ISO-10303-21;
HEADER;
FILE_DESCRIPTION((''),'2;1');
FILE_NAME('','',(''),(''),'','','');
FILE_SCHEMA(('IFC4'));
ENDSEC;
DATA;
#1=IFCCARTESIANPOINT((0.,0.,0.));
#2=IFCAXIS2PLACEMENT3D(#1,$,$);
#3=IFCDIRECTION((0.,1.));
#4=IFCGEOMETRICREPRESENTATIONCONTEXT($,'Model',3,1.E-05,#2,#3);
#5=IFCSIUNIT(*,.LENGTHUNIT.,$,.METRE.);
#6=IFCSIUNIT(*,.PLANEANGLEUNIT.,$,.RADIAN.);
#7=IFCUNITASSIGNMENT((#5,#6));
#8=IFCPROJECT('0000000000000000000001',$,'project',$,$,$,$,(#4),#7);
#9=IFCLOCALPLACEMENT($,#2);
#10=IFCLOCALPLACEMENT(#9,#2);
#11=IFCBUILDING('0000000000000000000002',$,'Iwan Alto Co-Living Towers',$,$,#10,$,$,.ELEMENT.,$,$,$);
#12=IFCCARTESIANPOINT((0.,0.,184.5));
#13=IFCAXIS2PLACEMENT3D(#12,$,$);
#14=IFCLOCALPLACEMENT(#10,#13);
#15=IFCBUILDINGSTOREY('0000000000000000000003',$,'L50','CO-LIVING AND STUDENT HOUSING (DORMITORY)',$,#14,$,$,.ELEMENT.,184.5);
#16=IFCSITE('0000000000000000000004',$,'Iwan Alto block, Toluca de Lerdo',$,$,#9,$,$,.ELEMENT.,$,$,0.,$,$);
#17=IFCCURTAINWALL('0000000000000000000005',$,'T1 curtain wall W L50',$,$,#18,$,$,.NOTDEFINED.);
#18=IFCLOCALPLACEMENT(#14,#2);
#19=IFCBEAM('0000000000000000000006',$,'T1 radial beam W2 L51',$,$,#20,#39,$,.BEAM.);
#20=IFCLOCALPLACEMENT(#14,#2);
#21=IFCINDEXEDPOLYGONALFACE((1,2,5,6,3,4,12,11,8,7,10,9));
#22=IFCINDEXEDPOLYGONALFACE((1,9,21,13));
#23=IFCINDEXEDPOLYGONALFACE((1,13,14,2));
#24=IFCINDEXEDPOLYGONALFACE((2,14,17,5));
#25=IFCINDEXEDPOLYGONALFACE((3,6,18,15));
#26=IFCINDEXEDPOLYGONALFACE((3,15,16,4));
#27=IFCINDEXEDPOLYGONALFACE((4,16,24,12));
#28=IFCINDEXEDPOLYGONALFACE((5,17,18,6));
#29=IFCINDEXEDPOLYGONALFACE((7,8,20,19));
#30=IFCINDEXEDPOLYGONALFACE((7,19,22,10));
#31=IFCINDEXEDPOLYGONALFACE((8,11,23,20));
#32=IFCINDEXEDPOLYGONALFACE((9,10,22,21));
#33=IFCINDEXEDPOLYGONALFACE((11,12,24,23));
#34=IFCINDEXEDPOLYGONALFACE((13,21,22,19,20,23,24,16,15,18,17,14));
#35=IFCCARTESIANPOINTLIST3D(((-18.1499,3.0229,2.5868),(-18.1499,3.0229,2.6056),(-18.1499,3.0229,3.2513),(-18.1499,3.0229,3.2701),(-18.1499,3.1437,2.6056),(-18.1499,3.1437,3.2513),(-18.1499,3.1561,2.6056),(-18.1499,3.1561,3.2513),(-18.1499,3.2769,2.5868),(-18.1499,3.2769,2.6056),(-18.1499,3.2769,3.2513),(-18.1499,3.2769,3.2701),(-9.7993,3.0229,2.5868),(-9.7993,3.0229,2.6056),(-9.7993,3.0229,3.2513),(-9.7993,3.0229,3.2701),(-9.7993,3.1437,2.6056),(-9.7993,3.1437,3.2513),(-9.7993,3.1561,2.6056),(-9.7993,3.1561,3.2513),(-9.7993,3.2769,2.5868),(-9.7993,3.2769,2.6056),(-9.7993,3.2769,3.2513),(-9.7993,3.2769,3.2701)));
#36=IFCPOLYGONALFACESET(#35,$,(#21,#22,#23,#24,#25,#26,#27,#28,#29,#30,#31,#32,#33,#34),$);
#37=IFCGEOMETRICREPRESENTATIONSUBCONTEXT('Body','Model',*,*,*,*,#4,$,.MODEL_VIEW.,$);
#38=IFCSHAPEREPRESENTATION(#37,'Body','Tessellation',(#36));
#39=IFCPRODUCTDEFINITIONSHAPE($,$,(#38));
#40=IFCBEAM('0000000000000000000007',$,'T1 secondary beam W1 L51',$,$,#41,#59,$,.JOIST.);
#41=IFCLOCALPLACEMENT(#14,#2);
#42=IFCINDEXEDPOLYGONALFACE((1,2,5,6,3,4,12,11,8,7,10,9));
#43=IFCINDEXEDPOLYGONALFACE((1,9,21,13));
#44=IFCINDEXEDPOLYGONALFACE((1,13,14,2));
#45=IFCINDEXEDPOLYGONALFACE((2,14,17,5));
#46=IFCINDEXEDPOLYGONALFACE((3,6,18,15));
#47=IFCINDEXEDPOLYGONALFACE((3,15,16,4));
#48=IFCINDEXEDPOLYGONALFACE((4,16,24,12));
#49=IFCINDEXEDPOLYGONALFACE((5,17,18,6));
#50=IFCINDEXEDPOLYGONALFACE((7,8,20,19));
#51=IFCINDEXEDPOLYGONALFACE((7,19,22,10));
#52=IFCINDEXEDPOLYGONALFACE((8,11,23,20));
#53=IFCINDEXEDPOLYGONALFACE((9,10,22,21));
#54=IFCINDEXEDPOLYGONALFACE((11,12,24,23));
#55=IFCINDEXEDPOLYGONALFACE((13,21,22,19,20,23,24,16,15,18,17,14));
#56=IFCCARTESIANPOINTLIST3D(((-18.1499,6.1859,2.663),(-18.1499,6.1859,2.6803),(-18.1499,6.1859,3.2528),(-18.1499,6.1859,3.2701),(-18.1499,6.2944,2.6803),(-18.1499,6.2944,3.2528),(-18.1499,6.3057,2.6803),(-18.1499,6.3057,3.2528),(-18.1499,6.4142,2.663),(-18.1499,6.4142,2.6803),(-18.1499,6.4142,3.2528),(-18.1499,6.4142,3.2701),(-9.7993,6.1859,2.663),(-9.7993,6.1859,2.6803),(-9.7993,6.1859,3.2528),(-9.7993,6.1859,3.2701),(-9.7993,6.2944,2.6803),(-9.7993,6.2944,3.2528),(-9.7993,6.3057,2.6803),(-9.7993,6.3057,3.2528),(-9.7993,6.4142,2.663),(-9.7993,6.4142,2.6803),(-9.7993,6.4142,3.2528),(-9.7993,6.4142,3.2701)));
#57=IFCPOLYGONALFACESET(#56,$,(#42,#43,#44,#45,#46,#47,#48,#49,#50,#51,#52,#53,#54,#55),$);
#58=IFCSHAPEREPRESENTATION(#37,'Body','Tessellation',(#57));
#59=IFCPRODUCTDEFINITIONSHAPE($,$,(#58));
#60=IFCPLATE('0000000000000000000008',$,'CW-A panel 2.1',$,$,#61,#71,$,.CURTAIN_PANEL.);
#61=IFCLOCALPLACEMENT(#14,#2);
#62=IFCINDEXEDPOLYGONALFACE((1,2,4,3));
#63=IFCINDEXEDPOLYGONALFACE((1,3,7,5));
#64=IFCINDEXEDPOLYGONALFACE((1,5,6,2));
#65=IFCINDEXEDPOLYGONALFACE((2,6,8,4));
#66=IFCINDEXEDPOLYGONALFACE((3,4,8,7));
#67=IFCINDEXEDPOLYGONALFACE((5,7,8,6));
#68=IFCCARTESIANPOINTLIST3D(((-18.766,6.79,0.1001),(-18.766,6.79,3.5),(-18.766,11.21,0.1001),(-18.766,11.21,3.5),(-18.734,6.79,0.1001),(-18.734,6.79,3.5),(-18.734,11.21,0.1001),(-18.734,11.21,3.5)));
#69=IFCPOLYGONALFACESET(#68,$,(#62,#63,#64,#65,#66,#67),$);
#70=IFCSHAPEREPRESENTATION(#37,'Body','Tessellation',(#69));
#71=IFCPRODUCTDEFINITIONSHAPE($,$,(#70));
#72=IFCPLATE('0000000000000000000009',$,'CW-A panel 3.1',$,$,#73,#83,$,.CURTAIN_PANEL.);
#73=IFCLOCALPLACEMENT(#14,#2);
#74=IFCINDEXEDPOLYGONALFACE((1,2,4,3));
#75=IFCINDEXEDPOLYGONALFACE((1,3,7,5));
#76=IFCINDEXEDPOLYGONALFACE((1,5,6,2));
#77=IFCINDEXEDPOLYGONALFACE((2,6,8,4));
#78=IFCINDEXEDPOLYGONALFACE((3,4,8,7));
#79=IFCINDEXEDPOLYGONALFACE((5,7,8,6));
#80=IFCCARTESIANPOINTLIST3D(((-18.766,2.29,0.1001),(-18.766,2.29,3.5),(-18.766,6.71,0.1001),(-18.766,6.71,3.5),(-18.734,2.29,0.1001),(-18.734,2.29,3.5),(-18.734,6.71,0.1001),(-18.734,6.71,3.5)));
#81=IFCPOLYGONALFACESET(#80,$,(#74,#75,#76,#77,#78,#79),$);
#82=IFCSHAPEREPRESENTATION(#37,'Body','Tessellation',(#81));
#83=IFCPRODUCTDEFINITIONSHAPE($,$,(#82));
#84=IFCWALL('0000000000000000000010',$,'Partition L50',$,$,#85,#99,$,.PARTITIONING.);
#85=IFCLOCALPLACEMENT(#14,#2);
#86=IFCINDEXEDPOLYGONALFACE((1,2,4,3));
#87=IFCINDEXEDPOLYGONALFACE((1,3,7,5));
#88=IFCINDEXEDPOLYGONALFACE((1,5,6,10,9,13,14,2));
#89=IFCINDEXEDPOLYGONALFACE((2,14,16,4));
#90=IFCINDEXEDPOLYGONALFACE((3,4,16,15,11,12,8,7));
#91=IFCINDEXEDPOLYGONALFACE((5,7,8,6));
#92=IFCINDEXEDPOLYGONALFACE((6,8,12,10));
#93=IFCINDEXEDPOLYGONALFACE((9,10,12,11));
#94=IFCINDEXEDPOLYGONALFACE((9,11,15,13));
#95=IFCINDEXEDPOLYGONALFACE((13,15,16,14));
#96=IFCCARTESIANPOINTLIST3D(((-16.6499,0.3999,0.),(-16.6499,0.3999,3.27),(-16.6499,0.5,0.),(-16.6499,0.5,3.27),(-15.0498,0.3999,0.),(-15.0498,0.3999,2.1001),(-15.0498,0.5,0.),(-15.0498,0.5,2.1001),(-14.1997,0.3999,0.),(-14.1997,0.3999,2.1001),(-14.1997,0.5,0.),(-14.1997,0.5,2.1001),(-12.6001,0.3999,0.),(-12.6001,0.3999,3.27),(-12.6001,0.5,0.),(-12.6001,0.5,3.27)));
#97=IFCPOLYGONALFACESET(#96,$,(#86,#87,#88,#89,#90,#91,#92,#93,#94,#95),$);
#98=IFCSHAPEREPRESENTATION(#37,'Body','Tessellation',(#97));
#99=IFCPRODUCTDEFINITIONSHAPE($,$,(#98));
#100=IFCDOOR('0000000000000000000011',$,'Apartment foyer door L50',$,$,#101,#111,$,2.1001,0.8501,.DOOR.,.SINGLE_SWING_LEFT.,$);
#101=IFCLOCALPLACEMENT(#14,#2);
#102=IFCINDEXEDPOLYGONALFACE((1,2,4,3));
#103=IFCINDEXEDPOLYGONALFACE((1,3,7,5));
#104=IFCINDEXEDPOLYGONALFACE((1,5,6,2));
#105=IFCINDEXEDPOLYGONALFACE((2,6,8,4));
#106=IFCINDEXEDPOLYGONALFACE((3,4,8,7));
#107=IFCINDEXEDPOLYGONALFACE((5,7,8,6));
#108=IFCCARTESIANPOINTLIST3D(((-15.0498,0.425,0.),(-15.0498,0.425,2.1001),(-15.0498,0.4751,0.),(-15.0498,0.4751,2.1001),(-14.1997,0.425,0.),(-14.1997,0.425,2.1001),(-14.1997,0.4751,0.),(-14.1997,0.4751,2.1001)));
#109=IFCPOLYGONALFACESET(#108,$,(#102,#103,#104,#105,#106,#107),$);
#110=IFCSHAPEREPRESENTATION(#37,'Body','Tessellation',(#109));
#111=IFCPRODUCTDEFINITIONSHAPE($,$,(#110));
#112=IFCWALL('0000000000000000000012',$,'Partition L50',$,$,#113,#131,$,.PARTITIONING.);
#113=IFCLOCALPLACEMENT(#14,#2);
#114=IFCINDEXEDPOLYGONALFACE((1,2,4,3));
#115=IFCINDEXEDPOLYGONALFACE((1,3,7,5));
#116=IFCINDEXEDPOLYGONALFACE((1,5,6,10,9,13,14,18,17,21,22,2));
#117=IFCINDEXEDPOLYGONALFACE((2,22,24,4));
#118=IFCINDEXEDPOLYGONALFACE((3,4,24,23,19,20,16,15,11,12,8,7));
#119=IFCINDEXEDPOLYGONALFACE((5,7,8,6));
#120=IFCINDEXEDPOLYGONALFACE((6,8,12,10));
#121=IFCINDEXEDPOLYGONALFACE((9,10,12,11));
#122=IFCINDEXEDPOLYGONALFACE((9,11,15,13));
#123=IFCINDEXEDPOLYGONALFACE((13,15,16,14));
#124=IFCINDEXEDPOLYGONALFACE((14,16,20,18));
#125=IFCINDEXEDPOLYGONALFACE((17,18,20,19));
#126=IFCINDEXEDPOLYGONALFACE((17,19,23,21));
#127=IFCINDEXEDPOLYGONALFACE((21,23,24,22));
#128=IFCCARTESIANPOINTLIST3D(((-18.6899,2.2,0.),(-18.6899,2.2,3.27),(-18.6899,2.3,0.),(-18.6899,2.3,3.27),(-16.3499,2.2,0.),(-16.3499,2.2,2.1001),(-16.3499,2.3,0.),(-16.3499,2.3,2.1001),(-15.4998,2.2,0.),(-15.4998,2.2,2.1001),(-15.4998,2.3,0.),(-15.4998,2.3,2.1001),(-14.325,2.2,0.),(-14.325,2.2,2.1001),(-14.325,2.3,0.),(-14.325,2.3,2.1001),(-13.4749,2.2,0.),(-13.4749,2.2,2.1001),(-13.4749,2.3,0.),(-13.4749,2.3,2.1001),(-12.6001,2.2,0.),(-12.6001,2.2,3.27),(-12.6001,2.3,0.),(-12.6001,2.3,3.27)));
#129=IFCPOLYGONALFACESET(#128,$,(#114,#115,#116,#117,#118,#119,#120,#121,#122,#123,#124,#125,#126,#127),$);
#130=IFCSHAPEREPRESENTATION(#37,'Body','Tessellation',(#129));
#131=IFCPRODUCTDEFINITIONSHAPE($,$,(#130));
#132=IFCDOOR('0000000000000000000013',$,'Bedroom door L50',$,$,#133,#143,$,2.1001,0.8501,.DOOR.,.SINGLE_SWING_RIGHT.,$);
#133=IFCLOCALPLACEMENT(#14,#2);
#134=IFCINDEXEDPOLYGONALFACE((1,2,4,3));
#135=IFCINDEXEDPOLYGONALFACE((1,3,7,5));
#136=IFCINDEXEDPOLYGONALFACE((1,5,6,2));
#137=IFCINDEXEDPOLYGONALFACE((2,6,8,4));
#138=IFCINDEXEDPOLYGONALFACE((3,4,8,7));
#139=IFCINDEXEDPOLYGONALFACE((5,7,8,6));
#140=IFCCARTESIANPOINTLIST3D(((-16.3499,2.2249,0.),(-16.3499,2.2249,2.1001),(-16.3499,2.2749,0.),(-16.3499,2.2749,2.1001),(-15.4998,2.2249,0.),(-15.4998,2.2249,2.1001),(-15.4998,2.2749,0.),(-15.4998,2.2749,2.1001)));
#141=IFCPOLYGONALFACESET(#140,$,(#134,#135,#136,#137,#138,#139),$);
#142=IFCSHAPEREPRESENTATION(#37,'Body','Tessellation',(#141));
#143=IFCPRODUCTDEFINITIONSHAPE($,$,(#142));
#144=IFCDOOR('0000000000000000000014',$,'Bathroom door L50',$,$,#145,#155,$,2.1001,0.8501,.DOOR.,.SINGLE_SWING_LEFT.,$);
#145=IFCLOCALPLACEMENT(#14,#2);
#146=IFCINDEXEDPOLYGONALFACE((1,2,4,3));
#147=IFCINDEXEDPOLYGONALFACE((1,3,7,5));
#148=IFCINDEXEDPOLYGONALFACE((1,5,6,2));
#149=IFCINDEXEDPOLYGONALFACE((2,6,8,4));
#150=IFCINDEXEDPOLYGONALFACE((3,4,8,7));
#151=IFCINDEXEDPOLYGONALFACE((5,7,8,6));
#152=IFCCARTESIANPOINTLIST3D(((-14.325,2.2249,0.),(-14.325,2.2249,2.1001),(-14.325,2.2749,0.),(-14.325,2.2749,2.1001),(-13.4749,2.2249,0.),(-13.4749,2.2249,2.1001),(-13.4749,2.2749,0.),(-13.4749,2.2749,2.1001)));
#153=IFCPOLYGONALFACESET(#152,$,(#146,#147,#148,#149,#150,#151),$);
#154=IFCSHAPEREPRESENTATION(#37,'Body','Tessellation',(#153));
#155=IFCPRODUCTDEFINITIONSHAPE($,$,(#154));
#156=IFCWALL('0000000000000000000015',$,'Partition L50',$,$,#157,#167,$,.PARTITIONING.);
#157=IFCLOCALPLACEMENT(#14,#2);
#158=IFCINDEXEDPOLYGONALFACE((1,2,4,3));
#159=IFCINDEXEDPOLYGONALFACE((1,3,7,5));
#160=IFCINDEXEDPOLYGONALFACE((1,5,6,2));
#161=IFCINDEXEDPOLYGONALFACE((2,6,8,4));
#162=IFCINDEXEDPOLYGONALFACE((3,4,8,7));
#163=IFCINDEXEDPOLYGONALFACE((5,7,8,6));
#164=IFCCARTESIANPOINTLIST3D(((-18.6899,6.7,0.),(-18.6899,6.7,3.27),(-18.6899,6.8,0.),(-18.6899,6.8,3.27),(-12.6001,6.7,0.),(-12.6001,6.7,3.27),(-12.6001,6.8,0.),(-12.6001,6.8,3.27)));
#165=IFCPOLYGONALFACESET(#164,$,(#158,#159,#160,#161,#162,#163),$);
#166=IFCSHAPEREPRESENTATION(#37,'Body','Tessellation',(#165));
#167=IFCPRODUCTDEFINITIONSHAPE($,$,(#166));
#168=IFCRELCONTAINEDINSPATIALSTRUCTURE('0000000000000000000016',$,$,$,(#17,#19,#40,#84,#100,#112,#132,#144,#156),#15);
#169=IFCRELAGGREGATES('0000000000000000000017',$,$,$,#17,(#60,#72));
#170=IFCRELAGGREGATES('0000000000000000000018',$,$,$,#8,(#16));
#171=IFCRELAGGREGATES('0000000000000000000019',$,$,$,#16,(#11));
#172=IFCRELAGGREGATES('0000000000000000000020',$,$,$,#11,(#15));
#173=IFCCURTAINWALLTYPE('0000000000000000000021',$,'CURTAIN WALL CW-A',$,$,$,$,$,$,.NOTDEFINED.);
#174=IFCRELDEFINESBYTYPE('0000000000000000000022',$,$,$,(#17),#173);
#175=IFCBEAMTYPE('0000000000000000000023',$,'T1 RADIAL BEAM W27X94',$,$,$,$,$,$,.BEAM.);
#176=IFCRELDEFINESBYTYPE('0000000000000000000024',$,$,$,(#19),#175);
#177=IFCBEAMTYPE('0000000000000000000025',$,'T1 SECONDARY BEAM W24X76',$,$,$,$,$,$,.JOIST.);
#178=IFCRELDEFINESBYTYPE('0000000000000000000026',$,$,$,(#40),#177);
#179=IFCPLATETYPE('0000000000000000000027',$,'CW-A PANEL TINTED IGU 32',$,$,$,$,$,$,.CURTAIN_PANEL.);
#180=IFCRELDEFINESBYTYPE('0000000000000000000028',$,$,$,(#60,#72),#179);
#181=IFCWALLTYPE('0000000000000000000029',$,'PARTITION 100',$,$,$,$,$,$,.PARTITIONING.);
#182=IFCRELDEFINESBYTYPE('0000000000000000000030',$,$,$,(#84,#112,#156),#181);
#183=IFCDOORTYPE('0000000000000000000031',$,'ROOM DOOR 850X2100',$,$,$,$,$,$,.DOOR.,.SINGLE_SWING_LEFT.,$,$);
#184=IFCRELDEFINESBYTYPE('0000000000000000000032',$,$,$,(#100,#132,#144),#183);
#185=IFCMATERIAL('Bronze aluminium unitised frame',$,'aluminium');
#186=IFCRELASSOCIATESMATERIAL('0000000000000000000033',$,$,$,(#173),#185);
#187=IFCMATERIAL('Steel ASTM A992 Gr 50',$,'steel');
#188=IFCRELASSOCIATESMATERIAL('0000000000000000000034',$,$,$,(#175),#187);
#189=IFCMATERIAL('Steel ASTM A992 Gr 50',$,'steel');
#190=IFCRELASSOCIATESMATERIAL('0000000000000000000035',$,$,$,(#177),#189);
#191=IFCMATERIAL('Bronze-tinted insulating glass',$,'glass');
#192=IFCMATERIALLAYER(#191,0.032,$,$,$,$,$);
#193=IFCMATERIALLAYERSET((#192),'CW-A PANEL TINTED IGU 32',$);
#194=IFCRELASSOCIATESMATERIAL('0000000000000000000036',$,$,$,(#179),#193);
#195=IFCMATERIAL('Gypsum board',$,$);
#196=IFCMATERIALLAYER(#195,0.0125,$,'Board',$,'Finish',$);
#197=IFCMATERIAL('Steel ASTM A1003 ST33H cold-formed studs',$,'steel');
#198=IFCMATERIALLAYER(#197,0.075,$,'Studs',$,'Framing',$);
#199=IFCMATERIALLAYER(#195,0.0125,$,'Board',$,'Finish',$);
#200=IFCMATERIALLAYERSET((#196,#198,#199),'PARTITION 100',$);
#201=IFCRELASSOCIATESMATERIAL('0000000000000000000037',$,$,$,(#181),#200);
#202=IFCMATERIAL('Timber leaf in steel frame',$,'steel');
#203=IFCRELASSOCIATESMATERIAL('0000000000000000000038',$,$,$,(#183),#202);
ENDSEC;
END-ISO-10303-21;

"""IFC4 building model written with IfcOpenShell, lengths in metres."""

from ifc_helpers import new_model, si_unit, direction, frame, frame_2d, origin, origin_2d, place, context, subcontext, project, spatial, rectangle, i_section, extrude, material, layer, layer_set, material_profile, profile_set, type_object, element, fill, aggregate, save


model = new_model("IFC4")

# Units and contexts
model_context = context("Model", 3, precision=1e-05, world=origin(), true_north=direction((0.0, 1.0)))
body_context = subcontext(model_context, "Body", "Model", "MODEL_VIEW")
ifc_project = project(units=[si_unit("LENGTHUNIT", "METRE"), si_unit("PLANEANGLEUNIT", "RADIAN")], contexts=[model_context])

# Site, building, storey
site_placement = place(None, origin())
site = spatial("IfcSite", under=ifc_project, at=site_placement, Name="Iwan Alto block, Toluca de Lerdo", CompositionType="ELEMENT", RefElevation=0.0)
building_placement = place(site_placement, origin())
building = spatial("IfcBuilding", under=site, at=building_placement, Name="Iwan Alto Co-Living Towers", CompositionType="ELEMENT")
storey_placement = place(building_placement, frame((0.0, 0.0, 184.5)))
storey = spatial("IfcBuildingStorey", under=building, at=storey_placement, Name="L50", Description="CO-LIVING AND STUDENT HOUSING (DORMITORY)", CompositionType="ELEMENT", Elevation=184.5)

# Curtain wall
ifc_material_1 = material(Name="Bronze aluminium unitised frame", Category="aluminium")
curtain_wall_type = type_object("IfcCurtainWallType", Name="CURTAIN WALL CW-A", PredefinedType="NOTDEFINED", material=ifc_material_1)
curtain_wall_placement = place(storey_placement, origin())
curtain_wall = element("IfcCurtainWall", 1, at=curtain_wall_placement, inside=storey, type_object=curtain_wall_type, Name="T1 curtain wall W L50", PredefinedType="NOTDEFINED")

# Beams
ifc_material_2 = material(Name="Steel ASTM A992 Gr 50", Category="steel")
ifc_material_profile_1 = material_profile(ifc_material_2, i_section(OverallWidth=0.2539, OverallDepth=0.6833, WebThickness=0.0125, FlangeThickness=0.0188, at=origin_2d()), Name="W27X94")
ifc_profile_set_1 = profile_set([ifc_material_profile_1], Name="Steel ASTM A992 Gr 50")
beam_type_1 = type_object("IfcBeamType", Name="T1 RADIAL BEAM W27X94", PredefinedType="BEAM", material=ifc_profile_set_1)
for number, where, z_axis, x_axis, name in (
    (2, (-18.1499, 3.1499, 2.9285), (1.0, 0.0, 0.0), (0.0, 1.0, 0.0), "T1 radial beam W2 L51"),
):
    element("IfcBeam", number, at=place(storey_placement, frame(where, z_axis=z_axis, x_axis=x_axis)), inside=storey, type_object=beam_type_1, Name=name, PredefinedType="BEAM", context=body_context, shape_type="SweptSolid", body=[
        extrude(i_section(OverallWidth=0.2539, OverallDepth=0.6833, WebThickness=0.0125, FlangeThickness=0.0188, at=origin_2d()), origin(), (0.0, 0.0, 1.0), 8.3506),
    ])
ifc_material_3 = material(Name="Steel ASTM A992 Gr 50", Category="steel")
ifc_material_profile_2 = material_profile(ifc_material_3, i_section(OverallWidth=0.2283, OverallDepth=0.6072, WebThickness=0.0112, FlangeThickness=0.0173, at=origin_2d()), Name="W24X76")
ifc_profile_set_2 = profile_set([ifc_material_profile_2], Name="Steel ASTM A992 Gr 50")
beam_type_2 = type_object("IfcBeamType", Name="T1 SECONDARY BEAM W24X76", PredefinedType="JOIST", material=ifc_profile_set_2)
beam_1_placement = place(storey_placement, frame((-18.1499, 6.3, 2.9666), z_axis=(1.0, 0.0, 0.0), x_axis=(0.0, 1.0, 0.0)))
element("IfcBeam", 3, at=beam_1_placement, inside=storey, type_object=beam_type_2, Name="T1 secondary beam W1 L51", PredefinedType="JOIST", context=body_context, shape_type="SweptSolid", body=[
    extrude(i_section(OverallWidth=0.2283, OverallDepth=0.6072, WebThickness=0.0112, FlangeThickness=0.0173, at=origin_2d()), origin(), (0.0, 0.0, 1.0), 8.3506),
])

# Plates
ifc_material_4 = material(Name="Bronze-tinted insulating glass", Category="glass")
ifc_layer_1 = layer(ifc_material_4, 0.032)
ifc_layer_set_1 = layer_set([ifc_layer_1], Name="CW-A PANEL TINTED IGU 32")
plate_type = type_object("IfcPlateType", Name="CW-A PANEL TINTED IGU 32", PredefinedType="CURTAIN_PANEL", material=ifc_layer_set_1)
plate_1_placement = place(storey_placement, frame((-18.75, 9.0, 0.1001), z_axis=(0.0, 0.0, 1.0), x_axis=(0.0, -1.0, 0.0)))
plate_1 = element("IfcPlate", 4, at=plate_1_placement, type_object=plate_type, Name="CW-A panel 2.1", PredefinedType="CURTAIN_PANEL", context=body_context, shape_type="SweptSolid", body=[
    extrude(rectangle(XDim=4.4199, YDim=0.032, at=origin_2d()), origin(), (0.0, 0.0, 1.0), 3.3999),
])
plate_2_placement = place(storey_placement, frame((-18.75, 4.5, 0.1001), z_axis=(0.0, 0.0, 1.0), x_axis=(0.0, -1.0, 0.0)))
plate_2 = element("IfcPlate", 5, at=plate_2_placement, type_object=plate_type, Name="CW-A panel 3.1", PredefinedType="CURTAIN_PANEL", context=body_context, shape_type="SweptSolid", body=[
    extrude(rectangle(XDim=4.4199, YDim=0.032, at=origin_2d()), origin(), (0.0, 0.0, 1.0), 3.3999),
])
aggregate(curtain_wall, [plate_1, plate_2])

# Wall, opening, door
ifc_material_5 = material(Name="Gypsum board")
ifc_layer_2 = layer(ifc_material_5, 0.0125, Name="Board", Category="Finish")
ifc_material_6 = material(Name="Steel ASTM A1003 ST33H cold-formed studs", Category="steel")
ifc_layer_3 = layer(ifc_material_6, 0.075, Name="Studs", Category="Framing")
ifc_layer_4 = layer(ifc_material_5, 0.0125, Name="Board", Category="Finish")
ifc_layer_set_2 = layer_set([ifc_layer_2, ifc_layer_3, ifc_layer_4], Name="PARTITION 100")
wall_type = type_object("IfcWallType", Name="PARTITION 100", PredefinedType="PARTITIONING", material=ifc_layer_set_2)
wall_1_placement = place(storey_placement, frame((-16.6499, 0.45, 0.0), z_axis=(0.0, 0.0, 1.0), x_axis=(1.0, 0.0, 0.0)))
wall_1 = element("IfcWall", 6, at=wall_1_placement, inside=storey, type_object=wall_type, Name="Partition L50", PredefinedType="PARTITIONING", context=body_context, shape_type="SweptSolid", body=[
    extrude(rectangle(XDim=4.0498, YDim=0.1001, at=frame_2d((2.0249, 0.0))), origin(), (0.0, 0.0, 1.0), 3.27),
])
opening_1_placement = place(wall_1_placement, frame((1.6001, 0.0, 0.0)))
opening_1 = element("IfcOpeningElement", 7, at=opening_1_placement, cuts=wall_1, PredefinedType="OPENING", context=body_context, shape_type="SweptSolid", body=[
    extrude(rectangle(XDim=0.8501, YDim=2.1001, at=frame_2d((0.425, 1.05))), frame((0.0, 0.0601, 0.0), z_axis=(0.0, -1.0, 0.0), x_axis=(1.0, 0.0, 0.0)), (0.0, 0.0, 1.0), 0.1201),
])
ifc_material_7 = material(Name="Timber leaf in steel frame", Category="steel")
door_type = type_object("IfcDoorType", Name="ROOM DOOR 850X2100", OperationType="SINGLE_SWING_LEFT", PredefinedType="DOOR", material=ifc_material_7)
door_1_placement = place(opening_1_placement, frame((0.8501, 0.0, 0.0), z_axis=(0.0, 0.0, 1.0), x_axis=(-1.0, 0.0, 0.0)))
door_1 = element("IfcDoor", 8, at=door_1_placement, inside=storey, type_object=door_type, Name="Apartment foyer door L50", OperationType="SINGLE_SWING_LEFT", OverallHeight=2.1001, OverallWidth=0.8501, PredefinedType="DOOR", context=body_context, shape_type="SweptSolid", body=[
    extrude(rectangle(XDim=0.8501, YDim=2.1001, at=frame_2d((0.425, 1.05))), frame((0.0, 0.0249, 0.0), z_axis=(0.0, -1.0, 0.0), x_axis=(1.0, 0.0, 0.0)), (0.0, 0.0, 1.0), 0.05),
])
fill(opening_1, door_1)

# Wall, openings, doors
wall_2_placement = place(storey_placement, frame((-18.6899, 2.25, 0.0), z_axis=(0.0, 0.0, 1.0), x_axis=(1.0, 0.0, 0.0)))
wall_2 = element("IfcWall", 9, at=wall_2_placement, inside=storey, type_object=wall_type, Name="Partition L50", PredefinedType="PARTITIONING", context=body_context, shape_type="SweptSolid", body=[
    extrude(rectangle(XDim=6.0898, YDim=0.1001, at=frame_2d((3.0449, 0.0))), origin(), (0.0, 0.0, 1.0), 3.27),
])
opening_2_placement = place(wall_2_placement, frame((2.3401, 0.0, 0.0)))
opening_2 = element("IfcOpeningElement", 10, at=opening_2_placement, cuts=wall_2, PredefinedType="OPENING", context=body_context, shape_type="SweptSolid", body=[
    extrude(rectangle(XDim=0.8501, YDim=2.1001, at=frame_2d((0.425, 1.05))), frame((0.0, 0.0601, 0.0), z_axis=(0.0, -1.0, 0.0), x_axis=(1.0, 0.0, 0.0)), (0.0, 0.0, 1.0), 0.1201),
])
opening_3_placement = place(wall_2_placement, frame((4.365, 0.0, 0.0)))
opening_3 = element("IfcOpeningElement", 11, at=opening_3_placement, cuts=wall_2, PredefinedType="OPENING", context=body_context, shape_type="SweptSolid", body=[
    extrude(rectangle(XDim=0.8501, YDim=2.1001, at=frame_2d((0.425, 1.05))), frame((0.0, 0.0601, 0.0), z_axis=(0.0, -1.0, 0.0), x_axis=(1.0, 0.0, 0.0)), (0.0, 0.0, 1.0), 0.1201),
])
door_2_placement = place(opening_2_placement, origin())
door_2 = element("IfcDoor", 12, at=door_2_placement, inside=storey, type_object=door_type, Name="Bedroom door L50", OperationType="SINGLE_SWING_RIGHT", OverallHeight=2.1001, OverallWidth=0.8501, PredefinedType="DOOR", context=body_context, shape_type="SweptSolid", body=[
    extrude(rectangle(XDim=0.8501, YDim=2.1001, at=frame_2d((0.425, 1.05))), frame((0.0, 0.0249, 0.0), z_axis=(0.0, -1.0, 0.0), x_axis=(1.0, 0.0, 0.0)), (0.0, 0.0, 1.0), 0.05),
])
fill(opening_2, door_2)
door_3_placement = place(opening_3_placement, origin())
door_3 = element("IfcDoor", 13, at=door_3_placement, inside=storey, type_object=door_type, Name="Bathroom door L50", OperationType="SINGLE_SWING_LEFT", OverallHeight=2.1001, OverallWidth=0.8501, PredefinedType="DOOR", context=body_context, shape_type="SweptSolid", body=[
    extrude(rectangle(XDim=0.8501, YDim=2.1001, at=frame_2d((0.425, 1.05))), frame((0.0, 0.0249, 0.0), z_axis=(0.0, -1.0, 0.0), x_axis=(1.0, 0.0, 0.0)), (0.0, 0.0, 1.0), 0.05),
])
fill(opening_3, door_3)

# Wall
wall_3_placement = place(storey_placement, frame((-18.6899, 6.75, 0.0), z_axis=(0.0, 0.0, 1.0), x_axis=(1.0, 0.0, 0.0)))
element("IfcWall", 14, at=wall_3_placement, inside=storey, type_object=wall_type, Name="Partition L50", PredefinedType="PARTITIONING", context=body_context, shape_type="SweptSolid", body=[
    extrude(rectangle(XDim=6.0898, YDim=0.1001, at=frame_2d((3.0449, 0.0))), origin(), (0.0, 0.0, 1.0), 3.27),
])

save(model, "model.ifc")
